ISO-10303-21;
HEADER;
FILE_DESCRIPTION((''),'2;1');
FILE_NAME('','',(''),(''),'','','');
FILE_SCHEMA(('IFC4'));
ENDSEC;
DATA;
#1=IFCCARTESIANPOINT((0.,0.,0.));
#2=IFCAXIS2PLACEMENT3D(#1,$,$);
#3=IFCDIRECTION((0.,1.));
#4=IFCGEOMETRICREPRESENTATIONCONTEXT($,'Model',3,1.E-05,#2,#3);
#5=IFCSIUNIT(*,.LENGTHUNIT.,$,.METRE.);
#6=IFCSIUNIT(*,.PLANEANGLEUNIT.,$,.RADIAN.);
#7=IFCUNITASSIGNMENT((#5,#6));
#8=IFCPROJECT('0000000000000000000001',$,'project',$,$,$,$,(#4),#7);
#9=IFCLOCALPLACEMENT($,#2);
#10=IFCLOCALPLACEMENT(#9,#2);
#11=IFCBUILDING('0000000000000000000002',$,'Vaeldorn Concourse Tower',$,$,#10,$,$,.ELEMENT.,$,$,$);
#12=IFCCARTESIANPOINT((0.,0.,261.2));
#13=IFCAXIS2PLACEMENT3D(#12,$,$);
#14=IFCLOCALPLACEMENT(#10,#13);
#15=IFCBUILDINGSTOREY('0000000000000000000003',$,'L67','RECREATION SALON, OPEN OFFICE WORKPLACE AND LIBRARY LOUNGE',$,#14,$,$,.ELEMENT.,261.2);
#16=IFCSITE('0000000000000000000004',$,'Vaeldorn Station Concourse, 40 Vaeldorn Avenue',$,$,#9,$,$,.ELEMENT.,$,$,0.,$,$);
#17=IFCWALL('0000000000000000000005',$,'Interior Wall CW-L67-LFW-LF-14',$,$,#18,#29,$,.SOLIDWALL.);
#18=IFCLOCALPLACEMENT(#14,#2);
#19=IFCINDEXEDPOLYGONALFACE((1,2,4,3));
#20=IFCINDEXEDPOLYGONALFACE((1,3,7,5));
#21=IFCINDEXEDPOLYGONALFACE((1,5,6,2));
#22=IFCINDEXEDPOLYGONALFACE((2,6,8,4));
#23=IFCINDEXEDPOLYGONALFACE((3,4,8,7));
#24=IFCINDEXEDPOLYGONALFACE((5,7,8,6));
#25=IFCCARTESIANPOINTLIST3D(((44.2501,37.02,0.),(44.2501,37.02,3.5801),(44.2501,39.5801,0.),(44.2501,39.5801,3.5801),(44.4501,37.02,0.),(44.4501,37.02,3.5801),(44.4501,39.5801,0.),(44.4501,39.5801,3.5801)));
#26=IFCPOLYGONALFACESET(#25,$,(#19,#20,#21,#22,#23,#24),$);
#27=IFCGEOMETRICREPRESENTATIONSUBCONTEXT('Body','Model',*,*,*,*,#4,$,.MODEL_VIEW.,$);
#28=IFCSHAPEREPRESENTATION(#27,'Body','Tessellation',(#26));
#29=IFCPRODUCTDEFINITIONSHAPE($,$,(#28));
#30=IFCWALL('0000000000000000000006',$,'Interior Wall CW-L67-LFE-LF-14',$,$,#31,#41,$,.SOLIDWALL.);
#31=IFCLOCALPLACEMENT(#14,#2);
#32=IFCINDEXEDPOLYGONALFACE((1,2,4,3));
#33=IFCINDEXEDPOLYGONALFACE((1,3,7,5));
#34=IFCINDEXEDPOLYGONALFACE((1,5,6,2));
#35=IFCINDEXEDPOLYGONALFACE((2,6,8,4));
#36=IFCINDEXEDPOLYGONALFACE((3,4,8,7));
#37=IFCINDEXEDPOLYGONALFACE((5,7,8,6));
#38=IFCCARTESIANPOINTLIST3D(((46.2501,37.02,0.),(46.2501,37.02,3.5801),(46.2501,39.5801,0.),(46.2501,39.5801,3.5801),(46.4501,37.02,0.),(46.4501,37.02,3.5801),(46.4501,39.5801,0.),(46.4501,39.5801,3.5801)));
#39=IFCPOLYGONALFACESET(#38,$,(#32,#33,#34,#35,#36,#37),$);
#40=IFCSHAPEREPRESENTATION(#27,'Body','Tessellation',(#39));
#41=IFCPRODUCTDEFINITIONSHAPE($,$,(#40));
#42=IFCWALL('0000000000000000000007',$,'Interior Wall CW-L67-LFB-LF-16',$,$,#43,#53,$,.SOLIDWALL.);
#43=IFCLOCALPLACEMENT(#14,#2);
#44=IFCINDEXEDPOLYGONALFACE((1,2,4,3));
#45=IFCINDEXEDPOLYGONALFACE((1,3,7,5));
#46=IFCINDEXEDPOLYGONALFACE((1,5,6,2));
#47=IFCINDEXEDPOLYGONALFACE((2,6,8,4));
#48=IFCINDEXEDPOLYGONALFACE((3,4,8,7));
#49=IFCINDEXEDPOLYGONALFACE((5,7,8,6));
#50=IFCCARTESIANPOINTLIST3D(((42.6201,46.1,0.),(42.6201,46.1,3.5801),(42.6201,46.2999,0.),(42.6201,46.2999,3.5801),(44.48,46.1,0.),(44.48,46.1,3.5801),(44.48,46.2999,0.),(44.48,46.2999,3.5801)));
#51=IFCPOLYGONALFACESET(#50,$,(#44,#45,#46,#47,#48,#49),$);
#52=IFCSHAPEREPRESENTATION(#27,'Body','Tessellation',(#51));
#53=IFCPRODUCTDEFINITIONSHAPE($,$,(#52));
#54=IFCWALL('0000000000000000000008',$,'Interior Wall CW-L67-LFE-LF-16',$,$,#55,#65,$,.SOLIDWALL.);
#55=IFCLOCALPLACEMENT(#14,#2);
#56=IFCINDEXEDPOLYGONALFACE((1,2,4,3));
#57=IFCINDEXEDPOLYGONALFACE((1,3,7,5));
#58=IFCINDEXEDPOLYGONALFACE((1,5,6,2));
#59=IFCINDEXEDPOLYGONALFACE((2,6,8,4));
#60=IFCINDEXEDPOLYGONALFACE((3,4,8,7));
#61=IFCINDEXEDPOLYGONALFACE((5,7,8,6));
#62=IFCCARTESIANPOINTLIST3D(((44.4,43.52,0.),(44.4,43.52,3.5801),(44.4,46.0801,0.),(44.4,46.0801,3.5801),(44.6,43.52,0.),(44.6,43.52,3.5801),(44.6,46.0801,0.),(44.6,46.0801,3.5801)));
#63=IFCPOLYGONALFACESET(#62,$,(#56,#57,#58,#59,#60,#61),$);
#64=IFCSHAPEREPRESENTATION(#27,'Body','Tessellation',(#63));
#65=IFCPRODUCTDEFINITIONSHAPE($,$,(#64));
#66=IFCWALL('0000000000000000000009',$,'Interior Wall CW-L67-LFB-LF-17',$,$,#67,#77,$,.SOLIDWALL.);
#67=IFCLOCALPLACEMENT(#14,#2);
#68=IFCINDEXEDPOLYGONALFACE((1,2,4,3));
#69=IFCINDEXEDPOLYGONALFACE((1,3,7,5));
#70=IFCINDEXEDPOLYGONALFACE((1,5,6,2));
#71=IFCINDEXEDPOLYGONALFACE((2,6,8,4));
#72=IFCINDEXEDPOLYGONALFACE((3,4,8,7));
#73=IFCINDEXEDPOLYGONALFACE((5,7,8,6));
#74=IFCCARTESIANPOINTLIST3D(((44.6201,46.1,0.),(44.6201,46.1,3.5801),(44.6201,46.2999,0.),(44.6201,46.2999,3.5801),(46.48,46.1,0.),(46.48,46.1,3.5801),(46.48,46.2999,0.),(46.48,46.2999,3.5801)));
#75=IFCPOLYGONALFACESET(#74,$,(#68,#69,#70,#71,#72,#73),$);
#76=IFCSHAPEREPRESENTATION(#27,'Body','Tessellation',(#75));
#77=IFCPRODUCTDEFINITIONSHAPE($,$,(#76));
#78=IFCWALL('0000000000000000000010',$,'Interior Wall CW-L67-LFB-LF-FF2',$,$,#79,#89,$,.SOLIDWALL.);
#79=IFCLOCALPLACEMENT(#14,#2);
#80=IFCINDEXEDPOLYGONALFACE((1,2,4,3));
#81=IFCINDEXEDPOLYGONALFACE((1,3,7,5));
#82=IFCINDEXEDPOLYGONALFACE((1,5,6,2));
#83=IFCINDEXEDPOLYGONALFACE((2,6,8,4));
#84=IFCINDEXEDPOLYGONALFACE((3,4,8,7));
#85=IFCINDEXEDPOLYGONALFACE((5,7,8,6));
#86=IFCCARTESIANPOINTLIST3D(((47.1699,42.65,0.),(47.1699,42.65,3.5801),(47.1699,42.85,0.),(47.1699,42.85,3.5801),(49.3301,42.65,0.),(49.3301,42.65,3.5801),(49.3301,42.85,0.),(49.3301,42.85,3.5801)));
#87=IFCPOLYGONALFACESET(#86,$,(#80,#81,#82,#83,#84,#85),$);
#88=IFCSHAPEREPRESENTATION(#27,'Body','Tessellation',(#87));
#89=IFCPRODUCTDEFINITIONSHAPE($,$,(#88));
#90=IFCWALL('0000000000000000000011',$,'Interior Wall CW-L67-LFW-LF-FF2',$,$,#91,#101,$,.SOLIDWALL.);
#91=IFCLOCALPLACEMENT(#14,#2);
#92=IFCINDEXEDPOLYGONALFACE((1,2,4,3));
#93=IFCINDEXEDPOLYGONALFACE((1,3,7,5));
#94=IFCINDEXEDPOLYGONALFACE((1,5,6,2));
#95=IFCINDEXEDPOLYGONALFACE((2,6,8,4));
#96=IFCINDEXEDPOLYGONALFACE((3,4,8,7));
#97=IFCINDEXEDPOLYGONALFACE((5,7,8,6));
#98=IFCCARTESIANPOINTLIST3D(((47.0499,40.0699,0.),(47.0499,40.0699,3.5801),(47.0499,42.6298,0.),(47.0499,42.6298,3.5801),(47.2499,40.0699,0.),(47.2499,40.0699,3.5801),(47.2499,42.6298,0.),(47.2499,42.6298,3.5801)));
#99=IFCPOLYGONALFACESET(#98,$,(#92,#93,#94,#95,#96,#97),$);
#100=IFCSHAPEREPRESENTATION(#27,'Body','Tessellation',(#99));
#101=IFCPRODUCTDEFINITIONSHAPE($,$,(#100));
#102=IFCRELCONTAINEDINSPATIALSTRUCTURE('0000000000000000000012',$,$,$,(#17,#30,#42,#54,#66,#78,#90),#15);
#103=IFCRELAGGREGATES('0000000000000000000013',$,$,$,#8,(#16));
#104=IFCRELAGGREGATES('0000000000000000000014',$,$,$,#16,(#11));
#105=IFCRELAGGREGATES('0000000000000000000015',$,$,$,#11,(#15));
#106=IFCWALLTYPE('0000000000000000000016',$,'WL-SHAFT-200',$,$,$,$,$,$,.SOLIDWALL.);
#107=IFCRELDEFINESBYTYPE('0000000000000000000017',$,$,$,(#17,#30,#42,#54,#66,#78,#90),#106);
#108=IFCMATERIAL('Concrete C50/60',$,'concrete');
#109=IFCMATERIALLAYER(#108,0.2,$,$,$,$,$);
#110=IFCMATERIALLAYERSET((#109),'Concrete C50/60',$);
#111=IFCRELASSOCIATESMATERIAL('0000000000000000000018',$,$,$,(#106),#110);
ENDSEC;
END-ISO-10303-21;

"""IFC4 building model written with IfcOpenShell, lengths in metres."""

from ifc_helpers import new_model, si_unit, direction, frame, frame_2d, origin, place, context, subcontext, project, spatial, rectangle, extrude, material, layer, layer_set, type_object, element, save


model = new_model("IFC4")

# Units and contexts
model_context = context("Model", 3, precision=1e-05, world=origin(), true_north=direction((0.0, 1.0)))
body_context = subcontext(model_context, "Body", "Model", "MODEL_VIEW")
ifc_project = project(units=[si_unit("LENGTHUNIT", "METRE"), si_unit("PLANEANGLEUNIT", "RADIAN")], contexts=[model_context])

# Site, building, storey
site_placement = place(None, origin())
site = spatial("IfcSite", under=ifc_project, at=site_placement, Name="Vaeldorn Station Concourse, 40 Vaeldorn Avenue", CompositionType="ELEMENT", RefElevation=0.0)
building_placement = place(site_placement, origin())
building = spatial("IfcBuilding", under=site, at=building_placement, Name="Vaeldorn Concourse Tower", CompositionType="ELEMENT")
storey_placement = place(building_placement, frame((0.0, 0.0, 261.2)))
storey = spatial("IfcBuildingStorey", under=building, at=storey_placement, Name="L67", Description="RECREATION SALON, OPEN OFFICE WORKPLACE AND LIBRARY LOUNGE", CompositionType="ELEMENT", Elevation=261.2)

# Shared definitions
ifc_material_1 = material(Name="Concrete C50/60", Category="concrete")

# Shared definitions
ifc_layer_1 = layer(ifc_material_1, 0.2)
ifc_layer_set_1 = layer_set([ifc_layer_1], Name="Concrete C50/60")
wall_type_1 = type_object("IfcWallType", Name="WL-SHAFT-200", PredefinedType="SOLIDWALL", material=ifc_layer_set_1)

# Walls
for number, where, z_axis, x_axis, name in (
    (1, (44.3501, 37.02, 0.0), (0.0, 0.0, 1.0), (0.0, 1.0, 0.0), "Interior Wall CW-L67-LFW-LF-14"),
    (2, (46.3501, 37.02, 0.0), (0.0, 0.0, 1.0), (0.0, 1.0, 0.0), "Interior Wall CW-L67-LFE-LF-14"),
):
    element("IfcWall", number, at=place(storey_placement, frame(where, z_axis=z_axis, x_axis=x_axis)), inside=storey, type_object=wall_type_1, Name=name, PredefinedType="SOLIDWALL", context=body_context, shape_type="SweptSolid", body=[
        extrude(rectangle(XDim=2.5601, YDim=0.2, at=frame_2d((1.28, 0.0))), origin(), (0.0, 0.0, 1.0), 3.5801),
    ])
wall_1_placement = place(storey_placement, frame((42.6201, 46.2, 0.0), z_axis=(0.0, 0.0, 1.0), x_axis=(1.0, 0.0, 0.0)))
element("IfcWall", 3, at=wall_1_placement, inside=storey, type_object=wall_type_1, Name="Interior Wall CW-L67-LFB-LF-16", PredefinedType="SOLIDWALL", context=body_context, shape_type="SweptSolid", body=[
    extrude(rectangle(XDim=1.8599, YDim=0.2, at=frame_2d((0.9299, 0.0))), origin(), (0.0, 0.0, 1.0), 3.5801),
])
wall_2_placement = place(storey_placement, frame((44.5, 43.52, 0.0), z_axis=(0.0, 0.0, 1.0), x_axis=(0.0, 1.0, 0.0)))
element("IfcWall", 4, at=wall_2_placement, inside=storey, type_object=wall_type_1, Name="Interior Wall CW-L67-LFE-LF-16", PredefinedType="SOLIDWALL", context=body_context, shape_type="SweptSolid", body=[
    extrude(rectangle(XDim=2.5601, YDim=0.2, at=frame_2d((1.28, 0.0))), origin(), (0.0, 0.0, 1.0), 3.5801),
])

# Wall
wall_3_placement = place(storey_placement, frame((44.6201, 46.2, 0.0), z_axis=(0.0, 0.0, 1.0), x_axis=(1.0, 0.0, 0.0)))
element("IfcWall", 5, at=wall_3_placement, inside=storey, type_object=wall_type_1, Name="Interior Wall CW-L67-LFB-LF-17", PredefinedType="SOLIDWALL", context=body_context, shape_type="SweptSolid", body=[
    extrude(rectangle(XDim=1.8599, YDim=0.2, at=frame_2d((0.9299, 0.0))), origin(), (0.0, 0.0, 1.0), 3.5801),
])

# Walls
wall_4_placement = place(storey_placement, frame((47.1699, 42.75, 0.0), z_axis=(0.0, 0.0, 1.0), x_axis=(1.0, 0.0, 0.0)))
element("IfcWall", 6, at=wall_4_placement, inside=storey, type_object=wall_type_1, Name="Interior Wall CW-L67-LFB-LF-FF2", PredefinedType="SOLIDWALL", context=body_context, shape_type="SweptSolid", body=[
    extrude(rectangle(XDim=2.1602, YDim=0.2, at=frame_2d((1.0801, 0.0))), origin(), (0.0, 0.0, 1.0), 3.5801),
])
wall_5_placement = place(storey_placement, frame((47.1499, 40.0701, 0.0), z_axis=(0.0, 0.0, 1.0), x_axis=(0.0, 1.0, 0.0)))
element("IfcWall", 7, at=wall_5_placement, inside=storey, type_object=wall_type_1, Name="Interior Wall CW-L67-LFW-LF-FF2", PredefinedType="SOLIDWALL", context=body_context, shape_type="SweptSolid", body=[
    extrude(rectangle(XDim=2.5598, YDim=0.2, at=frame_2d((1.2798, 0.0))), origin(), (0.0, 0.0, 1.0), 3.5801),
])

save(model, "model.ifc")
